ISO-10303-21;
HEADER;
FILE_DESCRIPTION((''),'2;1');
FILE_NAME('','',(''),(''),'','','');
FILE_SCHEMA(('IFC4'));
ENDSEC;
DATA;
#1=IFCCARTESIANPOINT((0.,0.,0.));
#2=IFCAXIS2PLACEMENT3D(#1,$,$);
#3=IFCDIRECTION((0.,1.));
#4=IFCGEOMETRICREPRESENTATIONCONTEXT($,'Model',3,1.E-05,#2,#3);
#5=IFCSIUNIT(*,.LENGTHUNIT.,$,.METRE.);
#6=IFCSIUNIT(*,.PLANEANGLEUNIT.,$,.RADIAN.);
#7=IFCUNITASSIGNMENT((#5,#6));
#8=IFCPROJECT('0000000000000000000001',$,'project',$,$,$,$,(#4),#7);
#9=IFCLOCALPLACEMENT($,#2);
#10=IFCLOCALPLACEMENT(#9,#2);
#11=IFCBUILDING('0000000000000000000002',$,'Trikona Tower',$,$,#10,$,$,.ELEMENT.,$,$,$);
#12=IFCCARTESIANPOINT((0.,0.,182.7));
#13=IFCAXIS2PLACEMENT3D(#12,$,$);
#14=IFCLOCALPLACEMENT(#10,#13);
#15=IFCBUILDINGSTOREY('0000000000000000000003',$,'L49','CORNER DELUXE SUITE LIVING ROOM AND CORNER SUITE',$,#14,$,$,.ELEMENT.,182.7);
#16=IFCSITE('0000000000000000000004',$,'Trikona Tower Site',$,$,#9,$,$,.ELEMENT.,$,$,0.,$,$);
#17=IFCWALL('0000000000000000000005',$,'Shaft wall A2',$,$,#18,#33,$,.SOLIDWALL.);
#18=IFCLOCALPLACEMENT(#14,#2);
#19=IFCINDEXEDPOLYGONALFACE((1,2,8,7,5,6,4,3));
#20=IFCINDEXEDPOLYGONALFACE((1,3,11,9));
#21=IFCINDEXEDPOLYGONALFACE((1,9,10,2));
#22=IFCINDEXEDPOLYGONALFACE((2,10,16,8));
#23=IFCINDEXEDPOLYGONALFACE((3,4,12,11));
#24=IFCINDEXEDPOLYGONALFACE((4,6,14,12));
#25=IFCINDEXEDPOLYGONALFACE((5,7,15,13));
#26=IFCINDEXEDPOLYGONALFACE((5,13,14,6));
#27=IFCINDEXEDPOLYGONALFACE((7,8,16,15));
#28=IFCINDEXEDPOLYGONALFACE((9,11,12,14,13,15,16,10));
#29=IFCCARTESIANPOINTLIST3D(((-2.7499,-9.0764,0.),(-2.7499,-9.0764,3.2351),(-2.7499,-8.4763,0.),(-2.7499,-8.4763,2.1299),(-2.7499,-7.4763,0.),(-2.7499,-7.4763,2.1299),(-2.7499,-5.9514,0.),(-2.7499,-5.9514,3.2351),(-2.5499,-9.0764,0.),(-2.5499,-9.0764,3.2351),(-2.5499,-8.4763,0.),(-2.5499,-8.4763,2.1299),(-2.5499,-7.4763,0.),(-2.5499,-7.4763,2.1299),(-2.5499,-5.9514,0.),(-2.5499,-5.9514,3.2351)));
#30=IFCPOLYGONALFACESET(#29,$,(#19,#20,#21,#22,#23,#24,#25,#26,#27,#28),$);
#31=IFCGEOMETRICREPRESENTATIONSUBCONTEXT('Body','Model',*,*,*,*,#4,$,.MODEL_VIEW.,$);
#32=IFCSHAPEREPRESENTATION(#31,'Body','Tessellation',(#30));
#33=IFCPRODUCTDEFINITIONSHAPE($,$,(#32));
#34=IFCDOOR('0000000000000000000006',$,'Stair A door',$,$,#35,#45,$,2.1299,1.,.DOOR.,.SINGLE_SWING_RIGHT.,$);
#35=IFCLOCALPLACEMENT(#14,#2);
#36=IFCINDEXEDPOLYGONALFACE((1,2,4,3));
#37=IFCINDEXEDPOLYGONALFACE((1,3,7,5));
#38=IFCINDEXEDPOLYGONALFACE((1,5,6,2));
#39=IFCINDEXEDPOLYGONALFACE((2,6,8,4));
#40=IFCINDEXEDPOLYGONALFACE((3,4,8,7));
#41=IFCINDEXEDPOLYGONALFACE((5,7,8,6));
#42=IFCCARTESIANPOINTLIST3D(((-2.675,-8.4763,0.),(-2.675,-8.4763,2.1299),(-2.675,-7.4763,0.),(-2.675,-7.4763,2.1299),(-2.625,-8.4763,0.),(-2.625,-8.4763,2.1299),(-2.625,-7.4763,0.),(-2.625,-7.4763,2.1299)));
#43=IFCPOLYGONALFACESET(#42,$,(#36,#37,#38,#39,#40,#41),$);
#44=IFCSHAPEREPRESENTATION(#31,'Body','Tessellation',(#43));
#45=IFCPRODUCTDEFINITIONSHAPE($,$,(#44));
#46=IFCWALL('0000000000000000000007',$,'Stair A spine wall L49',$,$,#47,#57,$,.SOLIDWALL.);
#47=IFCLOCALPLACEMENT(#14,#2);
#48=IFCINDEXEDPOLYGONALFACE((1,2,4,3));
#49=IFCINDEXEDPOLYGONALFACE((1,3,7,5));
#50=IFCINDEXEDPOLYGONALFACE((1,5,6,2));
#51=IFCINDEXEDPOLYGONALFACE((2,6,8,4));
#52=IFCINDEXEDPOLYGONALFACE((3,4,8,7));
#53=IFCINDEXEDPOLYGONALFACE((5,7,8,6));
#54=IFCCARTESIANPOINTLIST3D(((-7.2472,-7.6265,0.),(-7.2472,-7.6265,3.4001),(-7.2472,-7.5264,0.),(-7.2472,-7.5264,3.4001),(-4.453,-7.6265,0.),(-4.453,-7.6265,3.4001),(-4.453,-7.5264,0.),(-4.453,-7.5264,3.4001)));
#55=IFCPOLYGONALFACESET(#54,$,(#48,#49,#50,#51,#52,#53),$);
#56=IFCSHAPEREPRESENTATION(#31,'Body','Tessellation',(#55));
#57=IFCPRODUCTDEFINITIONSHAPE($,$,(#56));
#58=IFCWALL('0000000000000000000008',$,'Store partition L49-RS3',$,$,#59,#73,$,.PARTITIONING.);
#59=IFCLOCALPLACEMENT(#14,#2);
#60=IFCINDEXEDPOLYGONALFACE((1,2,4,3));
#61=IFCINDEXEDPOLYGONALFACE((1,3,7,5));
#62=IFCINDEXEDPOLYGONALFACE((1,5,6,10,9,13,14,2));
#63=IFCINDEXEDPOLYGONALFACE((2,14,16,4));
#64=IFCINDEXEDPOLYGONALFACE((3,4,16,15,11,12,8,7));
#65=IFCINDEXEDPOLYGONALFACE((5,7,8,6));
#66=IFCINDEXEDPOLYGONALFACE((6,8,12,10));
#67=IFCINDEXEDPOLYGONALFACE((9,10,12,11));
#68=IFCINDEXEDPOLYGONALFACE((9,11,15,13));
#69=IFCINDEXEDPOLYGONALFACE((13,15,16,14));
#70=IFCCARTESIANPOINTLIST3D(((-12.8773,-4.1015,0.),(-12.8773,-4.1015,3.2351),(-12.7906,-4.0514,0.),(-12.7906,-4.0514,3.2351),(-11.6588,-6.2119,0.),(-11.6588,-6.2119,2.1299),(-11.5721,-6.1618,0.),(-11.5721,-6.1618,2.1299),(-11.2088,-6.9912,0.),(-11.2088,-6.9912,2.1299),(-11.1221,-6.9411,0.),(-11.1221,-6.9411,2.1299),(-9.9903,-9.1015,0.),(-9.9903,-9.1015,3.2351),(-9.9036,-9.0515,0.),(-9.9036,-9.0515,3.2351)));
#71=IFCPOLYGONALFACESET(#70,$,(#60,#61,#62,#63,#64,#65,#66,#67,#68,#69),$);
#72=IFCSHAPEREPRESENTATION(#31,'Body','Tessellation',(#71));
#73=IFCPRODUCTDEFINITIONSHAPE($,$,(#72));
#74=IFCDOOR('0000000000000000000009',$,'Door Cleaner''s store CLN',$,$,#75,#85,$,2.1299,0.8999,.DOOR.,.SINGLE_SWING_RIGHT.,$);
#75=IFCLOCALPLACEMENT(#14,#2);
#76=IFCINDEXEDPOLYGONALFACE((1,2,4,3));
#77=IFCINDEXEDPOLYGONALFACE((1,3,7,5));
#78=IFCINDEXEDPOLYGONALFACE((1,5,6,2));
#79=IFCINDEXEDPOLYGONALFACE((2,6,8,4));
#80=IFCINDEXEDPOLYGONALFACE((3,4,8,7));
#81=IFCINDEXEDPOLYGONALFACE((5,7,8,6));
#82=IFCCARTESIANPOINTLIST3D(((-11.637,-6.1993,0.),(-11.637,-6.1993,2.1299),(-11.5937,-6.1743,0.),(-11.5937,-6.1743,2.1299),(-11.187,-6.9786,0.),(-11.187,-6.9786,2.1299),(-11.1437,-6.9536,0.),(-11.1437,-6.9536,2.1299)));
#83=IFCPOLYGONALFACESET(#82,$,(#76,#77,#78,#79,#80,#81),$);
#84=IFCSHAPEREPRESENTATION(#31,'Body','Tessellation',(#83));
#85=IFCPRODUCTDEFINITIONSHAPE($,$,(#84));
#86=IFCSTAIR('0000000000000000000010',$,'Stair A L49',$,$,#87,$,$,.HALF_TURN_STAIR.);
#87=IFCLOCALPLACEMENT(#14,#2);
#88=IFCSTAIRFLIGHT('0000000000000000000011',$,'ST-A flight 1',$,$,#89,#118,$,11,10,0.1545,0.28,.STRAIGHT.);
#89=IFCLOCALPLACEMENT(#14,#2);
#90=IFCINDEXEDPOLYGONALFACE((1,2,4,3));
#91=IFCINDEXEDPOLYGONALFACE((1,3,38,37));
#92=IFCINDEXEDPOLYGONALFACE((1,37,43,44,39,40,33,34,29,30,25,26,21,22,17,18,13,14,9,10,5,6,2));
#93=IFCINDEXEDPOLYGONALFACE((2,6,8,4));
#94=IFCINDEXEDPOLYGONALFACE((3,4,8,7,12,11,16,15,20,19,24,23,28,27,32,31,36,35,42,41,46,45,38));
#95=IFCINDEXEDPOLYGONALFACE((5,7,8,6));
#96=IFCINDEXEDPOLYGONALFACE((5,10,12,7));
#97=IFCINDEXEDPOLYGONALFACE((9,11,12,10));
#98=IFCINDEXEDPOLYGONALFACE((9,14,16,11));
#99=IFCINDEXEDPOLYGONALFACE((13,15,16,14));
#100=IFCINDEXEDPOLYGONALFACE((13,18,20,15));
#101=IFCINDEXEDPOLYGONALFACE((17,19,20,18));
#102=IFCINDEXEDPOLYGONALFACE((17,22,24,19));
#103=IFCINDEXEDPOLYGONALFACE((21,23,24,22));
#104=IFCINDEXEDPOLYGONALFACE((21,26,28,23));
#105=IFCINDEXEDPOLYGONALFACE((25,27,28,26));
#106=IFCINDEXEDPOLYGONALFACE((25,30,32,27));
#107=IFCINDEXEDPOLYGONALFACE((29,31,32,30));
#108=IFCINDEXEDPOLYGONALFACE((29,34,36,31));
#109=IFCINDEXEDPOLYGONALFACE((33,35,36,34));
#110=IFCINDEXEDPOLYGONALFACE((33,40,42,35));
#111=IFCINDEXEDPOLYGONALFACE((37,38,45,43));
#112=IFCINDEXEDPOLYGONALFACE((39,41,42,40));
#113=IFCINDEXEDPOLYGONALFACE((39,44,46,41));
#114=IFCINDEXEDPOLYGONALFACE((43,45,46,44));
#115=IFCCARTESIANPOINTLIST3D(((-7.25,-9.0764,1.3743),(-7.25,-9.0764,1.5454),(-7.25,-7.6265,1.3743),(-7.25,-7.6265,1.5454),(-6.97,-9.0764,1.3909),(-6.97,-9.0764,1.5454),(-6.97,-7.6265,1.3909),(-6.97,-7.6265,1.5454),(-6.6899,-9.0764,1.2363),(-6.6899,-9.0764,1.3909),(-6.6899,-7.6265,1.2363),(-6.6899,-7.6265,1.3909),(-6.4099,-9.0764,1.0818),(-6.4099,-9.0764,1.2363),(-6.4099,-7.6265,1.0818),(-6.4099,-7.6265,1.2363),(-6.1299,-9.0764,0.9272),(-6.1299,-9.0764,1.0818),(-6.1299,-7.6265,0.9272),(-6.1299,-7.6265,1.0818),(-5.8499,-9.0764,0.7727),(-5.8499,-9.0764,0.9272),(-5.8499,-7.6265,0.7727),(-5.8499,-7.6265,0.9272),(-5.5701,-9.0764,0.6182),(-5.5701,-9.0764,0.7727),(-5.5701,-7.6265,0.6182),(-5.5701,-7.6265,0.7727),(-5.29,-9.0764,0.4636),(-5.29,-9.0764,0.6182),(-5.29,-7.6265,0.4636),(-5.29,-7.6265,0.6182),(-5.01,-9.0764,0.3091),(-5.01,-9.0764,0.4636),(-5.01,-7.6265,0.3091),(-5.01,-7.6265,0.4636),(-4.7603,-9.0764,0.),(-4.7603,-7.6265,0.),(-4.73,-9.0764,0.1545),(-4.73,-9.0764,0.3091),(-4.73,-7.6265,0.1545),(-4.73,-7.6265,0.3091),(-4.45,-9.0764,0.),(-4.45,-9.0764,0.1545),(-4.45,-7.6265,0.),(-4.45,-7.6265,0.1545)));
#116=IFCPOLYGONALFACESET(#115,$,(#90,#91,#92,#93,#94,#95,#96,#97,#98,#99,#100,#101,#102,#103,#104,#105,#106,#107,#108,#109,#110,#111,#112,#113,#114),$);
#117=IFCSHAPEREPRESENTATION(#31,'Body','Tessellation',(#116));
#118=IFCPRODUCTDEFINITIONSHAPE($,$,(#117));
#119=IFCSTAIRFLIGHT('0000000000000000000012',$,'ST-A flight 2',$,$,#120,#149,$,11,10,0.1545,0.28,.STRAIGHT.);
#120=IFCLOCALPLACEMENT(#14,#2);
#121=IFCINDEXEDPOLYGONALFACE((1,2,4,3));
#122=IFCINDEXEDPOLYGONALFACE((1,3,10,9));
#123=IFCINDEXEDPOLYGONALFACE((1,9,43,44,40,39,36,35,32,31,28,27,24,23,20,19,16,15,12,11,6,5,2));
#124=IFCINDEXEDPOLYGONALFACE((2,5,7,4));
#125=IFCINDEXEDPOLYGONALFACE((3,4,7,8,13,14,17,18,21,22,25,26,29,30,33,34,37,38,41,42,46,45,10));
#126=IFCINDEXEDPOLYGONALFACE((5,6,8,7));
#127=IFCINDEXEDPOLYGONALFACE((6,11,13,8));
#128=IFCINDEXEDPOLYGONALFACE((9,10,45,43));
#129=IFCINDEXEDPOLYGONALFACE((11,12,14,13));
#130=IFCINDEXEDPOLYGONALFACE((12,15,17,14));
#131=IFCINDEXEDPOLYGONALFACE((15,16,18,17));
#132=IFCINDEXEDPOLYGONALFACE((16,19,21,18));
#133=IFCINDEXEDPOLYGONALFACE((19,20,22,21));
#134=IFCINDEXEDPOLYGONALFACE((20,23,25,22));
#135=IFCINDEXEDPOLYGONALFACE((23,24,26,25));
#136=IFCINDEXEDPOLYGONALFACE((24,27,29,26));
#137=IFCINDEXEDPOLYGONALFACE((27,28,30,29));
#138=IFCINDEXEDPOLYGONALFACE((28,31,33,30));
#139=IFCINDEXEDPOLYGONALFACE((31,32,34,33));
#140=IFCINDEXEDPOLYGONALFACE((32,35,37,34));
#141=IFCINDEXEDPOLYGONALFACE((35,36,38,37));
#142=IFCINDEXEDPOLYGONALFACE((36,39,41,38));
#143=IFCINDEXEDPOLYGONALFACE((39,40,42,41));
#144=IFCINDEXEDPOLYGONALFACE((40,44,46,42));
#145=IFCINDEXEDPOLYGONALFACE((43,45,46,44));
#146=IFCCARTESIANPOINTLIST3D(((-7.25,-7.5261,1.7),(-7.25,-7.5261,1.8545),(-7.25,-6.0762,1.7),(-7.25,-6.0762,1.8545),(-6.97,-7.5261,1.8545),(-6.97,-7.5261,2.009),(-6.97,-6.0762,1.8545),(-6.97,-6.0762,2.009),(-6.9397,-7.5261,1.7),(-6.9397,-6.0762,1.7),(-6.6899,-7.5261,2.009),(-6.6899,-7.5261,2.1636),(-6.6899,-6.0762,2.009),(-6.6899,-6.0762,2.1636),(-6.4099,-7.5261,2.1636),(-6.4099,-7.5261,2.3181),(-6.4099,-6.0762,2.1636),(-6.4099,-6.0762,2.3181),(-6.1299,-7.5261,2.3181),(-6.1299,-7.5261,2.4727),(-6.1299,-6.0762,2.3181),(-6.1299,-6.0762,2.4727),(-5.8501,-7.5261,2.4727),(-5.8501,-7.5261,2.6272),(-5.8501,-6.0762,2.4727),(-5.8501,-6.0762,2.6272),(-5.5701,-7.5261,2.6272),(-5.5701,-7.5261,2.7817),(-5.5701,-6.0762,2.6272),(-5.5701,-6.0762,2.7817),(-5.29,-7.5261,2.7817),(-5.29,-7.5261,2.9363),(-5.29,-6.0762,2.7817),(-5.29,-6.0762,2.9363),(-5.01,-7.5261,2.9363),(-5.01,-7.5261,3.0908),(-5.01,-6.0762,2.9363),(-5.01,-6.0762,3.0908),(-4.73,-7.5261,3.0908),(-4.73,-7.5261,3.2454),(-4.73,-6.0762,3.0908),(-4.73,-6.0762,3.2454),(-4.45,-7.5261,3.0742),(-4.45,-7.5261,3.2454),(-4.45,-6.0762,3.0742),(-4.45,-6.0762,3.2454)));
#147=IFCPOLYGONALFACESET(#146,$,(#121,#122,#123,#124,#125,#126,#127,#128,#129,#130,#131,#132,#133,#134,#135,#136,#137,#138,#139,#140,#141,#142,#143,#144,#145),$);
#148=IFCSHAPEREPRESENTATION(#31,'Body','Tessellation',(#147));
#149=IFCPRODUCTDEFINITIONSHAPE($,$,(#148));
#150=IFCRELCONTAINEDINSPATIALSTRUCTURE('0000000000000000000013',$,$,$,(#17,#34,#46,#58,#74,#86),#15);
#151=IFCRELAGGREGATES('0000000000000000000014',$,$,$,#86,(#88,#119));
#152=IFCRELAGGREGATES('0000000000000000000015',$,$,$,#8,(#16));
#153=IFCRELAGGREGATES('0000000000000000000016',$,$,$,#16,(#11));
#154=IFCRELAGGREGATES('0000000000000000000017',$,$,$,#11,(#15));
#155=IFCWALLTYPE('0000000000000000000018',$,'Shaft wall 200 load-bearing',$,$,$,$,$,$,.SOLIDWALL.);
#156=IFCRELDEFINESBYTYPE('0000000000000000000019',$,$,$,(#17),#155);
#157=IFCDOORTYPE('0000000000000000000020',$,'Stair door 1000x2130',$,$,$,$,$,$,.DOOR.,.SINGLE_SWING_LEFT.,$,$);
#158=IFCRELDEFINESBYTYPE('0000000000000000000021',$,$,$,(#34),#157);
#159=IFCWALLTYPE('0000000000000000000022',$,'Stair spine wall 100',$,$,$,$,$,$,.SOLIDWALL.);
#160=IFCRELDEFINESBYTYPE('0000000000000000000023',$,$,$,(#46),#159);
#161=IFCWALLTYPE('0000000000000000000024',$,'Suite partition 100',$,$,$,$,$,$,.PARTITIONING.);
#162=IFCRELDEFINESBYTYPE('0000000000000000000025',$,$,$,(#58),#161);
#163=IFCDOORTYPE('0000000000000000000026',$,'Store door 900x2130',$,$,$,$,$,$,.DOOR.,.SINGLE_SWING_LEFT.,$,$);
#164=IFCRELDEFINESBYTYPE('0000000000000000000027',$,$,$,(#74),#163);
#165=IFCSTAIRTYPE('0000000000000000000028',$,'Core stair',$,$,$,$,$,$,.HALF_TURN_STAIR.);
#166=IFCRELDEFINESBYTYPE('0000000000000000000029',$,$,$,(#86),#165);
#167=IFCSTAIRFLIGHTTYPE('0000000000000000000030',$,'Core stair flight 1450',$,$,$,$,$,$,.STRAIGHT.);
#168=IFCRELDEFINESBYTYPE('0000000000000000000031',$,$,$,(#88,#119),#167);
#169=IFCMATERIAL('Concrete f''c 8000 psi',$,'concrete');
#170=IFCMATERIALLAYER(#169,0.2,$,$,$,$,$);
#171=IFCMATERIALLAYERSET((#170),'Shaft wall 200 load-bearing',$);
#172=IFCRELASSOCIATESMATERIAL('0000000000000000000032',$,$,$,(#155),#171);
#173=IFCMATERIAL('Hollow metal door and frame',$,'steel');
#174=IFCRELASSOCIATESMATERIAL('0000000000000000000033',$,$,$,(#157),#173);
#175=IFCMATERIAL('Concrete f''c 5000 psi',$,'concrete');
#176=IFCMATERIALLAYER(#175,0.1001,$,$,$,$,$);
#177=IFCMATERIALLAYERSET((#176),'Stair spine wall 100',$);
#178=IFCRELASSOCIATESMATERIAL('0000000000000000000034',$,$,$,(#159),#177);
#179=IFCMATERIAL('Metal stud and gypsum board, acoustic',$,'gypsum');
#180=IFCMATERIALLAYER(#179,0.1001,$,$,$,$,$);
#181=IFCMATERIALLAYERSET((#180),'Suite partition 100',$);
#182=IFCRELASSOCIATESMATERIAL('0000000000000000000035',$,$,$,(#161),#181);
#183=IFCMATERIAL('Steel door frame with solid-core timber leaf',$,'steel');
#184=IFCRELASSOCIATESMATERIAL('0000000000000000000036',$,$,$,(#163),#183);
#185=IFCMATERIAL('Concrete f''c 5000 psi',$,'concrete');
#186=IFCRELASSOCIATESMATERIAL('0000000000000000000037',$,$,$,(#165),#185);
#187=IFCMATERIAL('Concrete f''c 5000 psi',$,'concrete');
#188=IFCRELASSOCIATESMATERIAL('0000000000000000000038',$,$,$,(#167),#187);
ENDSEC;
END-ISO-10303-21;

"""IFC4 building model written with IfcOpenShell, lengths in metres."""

from ifc_helpers import new_model, si_unit, direction, frame, frame_2d, origin, place, context, subcontext, project, spatial, polyline, rectangle, outline, extrude, material, layer, layer_set, type_object, element, fill, aggregate, save


model = new_model("IFC4")

# Units and contexts
model_context = context("Model", 3, precision=1e-05, world=origin(), true_north=direction((0.0, 1.0)))
body_context = subcontext(model_context, "Body", "Model", "MODEL_VIEW")
ifc_project = project(units=[si_unit("LENGTHUNIT", "METRE"), si_unit("PLANEANGLEUNIT", "RADIAN")], contexts=[model_context])

# Site, building, storey
site_placement = place(None, origin())
site = spatial("IfcSite", under=ifc_project, at=site_placement, Name="Trikona Tower Site", CompositionType="ELEMENT", RefElevation=0.0)
building_placement = place(site_placement, origin())
building = spatial("IfcBuilding", under=site, at=building_placement, Name="Trikona Tower", CompositionType="ELEMENT")
storey_placement = place(building_placement, frame((0.0, 0.0, 182.7)))
storey = spatial("IfcBuildingStorey", under=building, at=storey_placement, Name="L49", Description="CORNER DELUXE SUITE LIVING ROOM AND CORNER SUITE", CompositionType="ELEMENT", Elevation=182.7)

# Shared definitions
ifc_material_1 = material(Name="Concrete f'c 8000 psi", Category="concrete")
ifc_layer_1 = layer(ifc_material_1, 0.2)
ifc_layer_set_1 = layer_set([ifc_layer_1], Name="Shaft wall 200 load-bearing")
wall_type_1 = type_object("IfcWallType", Name="Shaft wall 200 load-bearing", PredefinedType="SOLIDWALL", material=ifc_layer_set_1)

# Wall, opening, door
wall_1_placement = place(storey_placement, frame((-2.6499, -5.9514, 0.0), z_axis=(0.0, 0.0, 1.0), x_axis=(0.0, -1.0, 0.0)))
wall_1 = element("IfcWall", 1, at=wall_1_placement, inside=storey, type_object=wall_type_1, Name="Shaft wall A2", PredefinedType="SOLIDWALL", context=body_context, shape_type="SweptSolid", body=[
    extrude(rectangle(XDim=3.125, YDim=0.2, at=frame_2d((1.5625, 0.0))), origin(), (0.0, 0.0, 1.0), 3.2351),
])
opening_1_placement = place(wall_1_placement, frame((1.5249, 0.0, 0.0)))
opening_1 = element("IfcOpeningElement", 2, at=opening_1_placement, cuts=wall_1, PredefinedType="OPENING", context=body_context, shape_type="SweptSolid", body=[
    extrude(rectangle(XDim=1.0, YDim=2.1299, at=frame_2d((0.5, 1.0649))), frame((0.0, 0.1099, 0.0), z_axis=(0.0, -1.0, 0.0), x_axis=(1.0, 0.0, 0.0)), (0.0, 0.0, 1.0), 0.22),
])
ifc_material_2 = material(Name="Hollow metal door and frame", Category="steel")
door_type_1 = type_object("IfcDoorType", Name="Stair door 1000x2130", OperationType="SINGLE_SWING_LEFT", PredefinedType="DOOR", material=ifc_material_2)
door_1_placement = place(opening_1_placement, origin())
door_1 = element("IfcDoor", 3, at=door_1_placement, inside=storey, type_object=door_type_1, Name="Stair A door", OperationType="SINGLE_SWING_RIGHT", OverallHeight=2.1299, OverallWidth=1.0, PredefinedType="DOOR", context=body_context, shape_type="SweptSolid", body=[
    extrude(rectangle(XDim=1.0, YDim=2.1299, at=frame_2d((0.5, 1.0649))), frame((0.0, 0.0249, 0.0), z_axis=(0.0, -1.0, 0.0), x_axis=(1.0, 0.0, 0.0)), (0.0, 0.0, 1.0), 0.05),
])
fill(opening_1, door_1)

# Wall
ifc_material_3 = material(Name="Concrete f'c 5000 psi", Category="concrete")
ifc_layer_2 = layer(ifc_material_3, 0.1001)
ifc_layer_set_2 = layer_set([ifc_layer_2], Name="Stair spine wall 100")
wall_type_2 = type_object("IfcWallType", Name="Stair spine wall 100", PredefinedType="SOLIDWALL", material=ifc_layer_set_2)
wall_2_placement = place(storey_placement, frame((-7.2471, -7.5764, 0.0), z_axis=(0.0, 0.0, 1.0), x_axis=(1.0, 0.0, 0.0)))
element("IfcWall", 4, at=wall_2_placement, inside=storey, type_object=wall_type_2, Name="Stair A spine wall L49", PredefinedType="SOLIDWALL", context=body_context, shape_type="SweptSolid", body=[
    extrude(rectangle(XDim=2.7942, YDim=0.1001, at=frame_2d((1.397, 0.0))), origin(), (0.0, 0.0, 1.0), 3.4001),
])

# Wall, opening, door
ifc_material_4 = material(Name="Metal stud and gypsum board, acoustic", Category="gypsum")
ifc_layer_3 = layer(ifc_material_4, 0.1001)
ifc_layer_set_3 = layer_set([ifc_layer_3], Name="Suite partition 100")
wall_type_3 = type_object("IfcWallType", Name="Suite partition 100", PredefinedType="PARTITIONING", material=ifc_layer_set_3)
wall_3_placement = place(storey_placement, frame((-9.947, -9.0764, 0.0), z_axis=(0.0, 0.0, 1.0), x_axis=(-0.500027, 0.86601, 0.0)))
wall_3 = element("IfcWall", 5, at=wall_3_placement, inside=storey, type_object=wall_type_3, Name="Store partition L49-RS3", PredefinedType="PARTITIONING", context=body_context, shape_type="SweptSolid", body=[
    extrude(rectangle(XDim=5.7737, YDim=0.1001, at=frame_2d((2.8867, 0.0))), origin(), (0.0, 0.0, 1.0), 3.2351),
])
opening_2_placement = place(wall_3_placement, frame((2.4368, 0.0, 0.0)))
opening_2 = element("IfcOpeningElement", 6, at=opening_2_placement, cuts=wall_3, PredefinedType="OPENING", context=body_context, shape_type="SweptSolid", body=[
    extrude(rectangle(XDim=0.8999, YDim=2.1299, at=frame_2d((0.45, 1.0649))), frame((0.0, 0.0601, 0.0), z_axis=(0.0, -1.0, 0.0), x_axis=(1.0, 0.0, 0.0)), (0.0, 0.0, 1.0), 0.1201),
])
ifc_material_5 = material(Name="Steel door frame with solid-core timber leaf", Category="steel")
door_type_2 = type_object("IfcDoorType", Name="Store door 900x2130", OperationType="SINGLE_SWING_LEFT", PredefinedType="DOOR", material=ifc_material_5)
door_2_placement = place(opening_2_placement, origin())
door_2 = element("IfcDoor", 7, at=door_2_placement, inside=storey, type_object=door_type_2, Name="Door Cleaner's store CLN", OperationType="SINGLE_SWING_RIGHT", OverallHeight=2.1299, OverallWidth=0.8999, PredefinedType="DOOR", context=body_context, shape_type="SweptSolid", body=[
    extrude(rectangle(XDim=0.8999, YDim=2.1299, at=frame_2d((0.45, 1.0649))), frame((0.0, 0.0249, 0.0), z_axis=(0.0, -1.0, 0.0), x_axis=(1.0, 0.0, 0.0)), (0.0, 0.0, 1.0), 0.05),
])
fill(opening_2, door_2)

# Stair, stair flights
ifc_material_6 = material(Name="Concrete f'c 5000 psi", Category="concrete")
stair_type = type_object("IfcStairType", Name="Core stair", PredefinedType="HALF_TURN_STAIR", material=ifc_material_6)
stair_placement = place(storey_placement, origin())
stair = element("IfcStair", 8, at=stair_placement, inside=storey, type_object=stair_type, Name="Stair A L49", PredefinedType="HALF_TURN_STAIR")
ifc_material_7 = material(Name="Concrete f'c 5000 psi", Category="concrete")
stair_flight_type = type_object("IfcStairFlightType", Name="Core stair flight 1450", PredefinedType="STRAIGHT", material=ifc_material_7)
stair_flight_1_placement = place(storey_placement, frame((-4.45, -8.3513, 0.0), z_axis=(0.0, 0.0, 1.0), x_axis=(-1.0, 0.0, 0.0)))
stair_flight_1 = element("IfcStairFlight", 9, at=stair_flight_1_placement, type_object=stair_flight_type, Name="ST-A flight 1", NumberOfRisers=11, NumberOfTreads=10, PredefinedType="STRAIGHT", RiserHeight=0.1545, TreadLength=0.28, context=body_context, shape_type="SweptSolid", body=[
    extrude(outline(polyline([(0.0, 0.0), (0.0, 0.1545), (0.28, 0.1545), (0.28, 0.3091), (0.5601, 0.3091), (0.5601, 0.4636), (0.8401, 0.4636), (0.8401, 0.6182), (1.1201, 0.6182), (1.1201, 0.7727), (1.3999, 0.7727), (1.3999, 0.9272), (1.6799, 0.9272), (1.6799, 1.0818), (1.96, 1.0818), (1.96, 1.2363), (2.24, 1.2363), (2.24, 1.3909), (2.52, 1.3909), (2.52, 1.5454), (2.8, 1.5454), (2.8, 1.7), (2.8, 1.3743), (0.3103, 0.0), (0.0, 0.0)])), frame((0.0, 0.7251, 0.0), z_axis=(0.0, -1.0, 0.0), x_axis=(1.0, 0.0, 0.0)), (0.0, 0.0, 1.0), 1.45),
])
stair_flight_2_placement = place(storey_placement, frame((-7.25, -6.8013, 1.7), z_axis=(0.0, 0.0, 1.0), x_axis=(1.0, 0.0, 0.0)))
stair_flight_2 = element("IfcStairFlight", 10, at=stair_flight_2_placement, type_object=stair_flight_type, Name="ST-A flight 2", NumberOfRisers=11, NumberOfTreads=10, PredefinedType="STRAIGHT", RiserHeight=0.1545, TreadLength=0.28, context=body_context, shape_type="SweptSolid", body=[
    extrude(outline(polyline([(0.0, 0.0), (0.0, 0.1545), (0.28, 0.1545), (0.28, 0.3091), (0.5601, 0.3091), (0.5601, 0.4636), (0.8401, 0.4636), (0.8401, 0.6182), (1.1201, 0.6182), (1.1201, 0.7727), (1.3999, 0.7727), (1.3999, 0.9272), (1.6799, 0.9272), (1.6799, 1.0818), (1.96, 1.0818), (1.96, 1.2363), (2.24, 1.2363), (2.24, 1.3909), (2.52, 1.3909), (2.52, 1.5454), (2.8, 1.5454), (2.8, 1.7), (2.8, 1.3743), (0.3103, 0.0), (0.0, 0.0)])), frame((0.0, 0.7251, 0.0), z_axis=(0.0, -1.0, 0.0), x_axis=(1.0, 0.0, 0.0)), (0.0, 0.0, 1.0), 1.45),
])
aggregate(stair, [stair_flight_1, stair_flight_2])

save(model, "model.ifc")
